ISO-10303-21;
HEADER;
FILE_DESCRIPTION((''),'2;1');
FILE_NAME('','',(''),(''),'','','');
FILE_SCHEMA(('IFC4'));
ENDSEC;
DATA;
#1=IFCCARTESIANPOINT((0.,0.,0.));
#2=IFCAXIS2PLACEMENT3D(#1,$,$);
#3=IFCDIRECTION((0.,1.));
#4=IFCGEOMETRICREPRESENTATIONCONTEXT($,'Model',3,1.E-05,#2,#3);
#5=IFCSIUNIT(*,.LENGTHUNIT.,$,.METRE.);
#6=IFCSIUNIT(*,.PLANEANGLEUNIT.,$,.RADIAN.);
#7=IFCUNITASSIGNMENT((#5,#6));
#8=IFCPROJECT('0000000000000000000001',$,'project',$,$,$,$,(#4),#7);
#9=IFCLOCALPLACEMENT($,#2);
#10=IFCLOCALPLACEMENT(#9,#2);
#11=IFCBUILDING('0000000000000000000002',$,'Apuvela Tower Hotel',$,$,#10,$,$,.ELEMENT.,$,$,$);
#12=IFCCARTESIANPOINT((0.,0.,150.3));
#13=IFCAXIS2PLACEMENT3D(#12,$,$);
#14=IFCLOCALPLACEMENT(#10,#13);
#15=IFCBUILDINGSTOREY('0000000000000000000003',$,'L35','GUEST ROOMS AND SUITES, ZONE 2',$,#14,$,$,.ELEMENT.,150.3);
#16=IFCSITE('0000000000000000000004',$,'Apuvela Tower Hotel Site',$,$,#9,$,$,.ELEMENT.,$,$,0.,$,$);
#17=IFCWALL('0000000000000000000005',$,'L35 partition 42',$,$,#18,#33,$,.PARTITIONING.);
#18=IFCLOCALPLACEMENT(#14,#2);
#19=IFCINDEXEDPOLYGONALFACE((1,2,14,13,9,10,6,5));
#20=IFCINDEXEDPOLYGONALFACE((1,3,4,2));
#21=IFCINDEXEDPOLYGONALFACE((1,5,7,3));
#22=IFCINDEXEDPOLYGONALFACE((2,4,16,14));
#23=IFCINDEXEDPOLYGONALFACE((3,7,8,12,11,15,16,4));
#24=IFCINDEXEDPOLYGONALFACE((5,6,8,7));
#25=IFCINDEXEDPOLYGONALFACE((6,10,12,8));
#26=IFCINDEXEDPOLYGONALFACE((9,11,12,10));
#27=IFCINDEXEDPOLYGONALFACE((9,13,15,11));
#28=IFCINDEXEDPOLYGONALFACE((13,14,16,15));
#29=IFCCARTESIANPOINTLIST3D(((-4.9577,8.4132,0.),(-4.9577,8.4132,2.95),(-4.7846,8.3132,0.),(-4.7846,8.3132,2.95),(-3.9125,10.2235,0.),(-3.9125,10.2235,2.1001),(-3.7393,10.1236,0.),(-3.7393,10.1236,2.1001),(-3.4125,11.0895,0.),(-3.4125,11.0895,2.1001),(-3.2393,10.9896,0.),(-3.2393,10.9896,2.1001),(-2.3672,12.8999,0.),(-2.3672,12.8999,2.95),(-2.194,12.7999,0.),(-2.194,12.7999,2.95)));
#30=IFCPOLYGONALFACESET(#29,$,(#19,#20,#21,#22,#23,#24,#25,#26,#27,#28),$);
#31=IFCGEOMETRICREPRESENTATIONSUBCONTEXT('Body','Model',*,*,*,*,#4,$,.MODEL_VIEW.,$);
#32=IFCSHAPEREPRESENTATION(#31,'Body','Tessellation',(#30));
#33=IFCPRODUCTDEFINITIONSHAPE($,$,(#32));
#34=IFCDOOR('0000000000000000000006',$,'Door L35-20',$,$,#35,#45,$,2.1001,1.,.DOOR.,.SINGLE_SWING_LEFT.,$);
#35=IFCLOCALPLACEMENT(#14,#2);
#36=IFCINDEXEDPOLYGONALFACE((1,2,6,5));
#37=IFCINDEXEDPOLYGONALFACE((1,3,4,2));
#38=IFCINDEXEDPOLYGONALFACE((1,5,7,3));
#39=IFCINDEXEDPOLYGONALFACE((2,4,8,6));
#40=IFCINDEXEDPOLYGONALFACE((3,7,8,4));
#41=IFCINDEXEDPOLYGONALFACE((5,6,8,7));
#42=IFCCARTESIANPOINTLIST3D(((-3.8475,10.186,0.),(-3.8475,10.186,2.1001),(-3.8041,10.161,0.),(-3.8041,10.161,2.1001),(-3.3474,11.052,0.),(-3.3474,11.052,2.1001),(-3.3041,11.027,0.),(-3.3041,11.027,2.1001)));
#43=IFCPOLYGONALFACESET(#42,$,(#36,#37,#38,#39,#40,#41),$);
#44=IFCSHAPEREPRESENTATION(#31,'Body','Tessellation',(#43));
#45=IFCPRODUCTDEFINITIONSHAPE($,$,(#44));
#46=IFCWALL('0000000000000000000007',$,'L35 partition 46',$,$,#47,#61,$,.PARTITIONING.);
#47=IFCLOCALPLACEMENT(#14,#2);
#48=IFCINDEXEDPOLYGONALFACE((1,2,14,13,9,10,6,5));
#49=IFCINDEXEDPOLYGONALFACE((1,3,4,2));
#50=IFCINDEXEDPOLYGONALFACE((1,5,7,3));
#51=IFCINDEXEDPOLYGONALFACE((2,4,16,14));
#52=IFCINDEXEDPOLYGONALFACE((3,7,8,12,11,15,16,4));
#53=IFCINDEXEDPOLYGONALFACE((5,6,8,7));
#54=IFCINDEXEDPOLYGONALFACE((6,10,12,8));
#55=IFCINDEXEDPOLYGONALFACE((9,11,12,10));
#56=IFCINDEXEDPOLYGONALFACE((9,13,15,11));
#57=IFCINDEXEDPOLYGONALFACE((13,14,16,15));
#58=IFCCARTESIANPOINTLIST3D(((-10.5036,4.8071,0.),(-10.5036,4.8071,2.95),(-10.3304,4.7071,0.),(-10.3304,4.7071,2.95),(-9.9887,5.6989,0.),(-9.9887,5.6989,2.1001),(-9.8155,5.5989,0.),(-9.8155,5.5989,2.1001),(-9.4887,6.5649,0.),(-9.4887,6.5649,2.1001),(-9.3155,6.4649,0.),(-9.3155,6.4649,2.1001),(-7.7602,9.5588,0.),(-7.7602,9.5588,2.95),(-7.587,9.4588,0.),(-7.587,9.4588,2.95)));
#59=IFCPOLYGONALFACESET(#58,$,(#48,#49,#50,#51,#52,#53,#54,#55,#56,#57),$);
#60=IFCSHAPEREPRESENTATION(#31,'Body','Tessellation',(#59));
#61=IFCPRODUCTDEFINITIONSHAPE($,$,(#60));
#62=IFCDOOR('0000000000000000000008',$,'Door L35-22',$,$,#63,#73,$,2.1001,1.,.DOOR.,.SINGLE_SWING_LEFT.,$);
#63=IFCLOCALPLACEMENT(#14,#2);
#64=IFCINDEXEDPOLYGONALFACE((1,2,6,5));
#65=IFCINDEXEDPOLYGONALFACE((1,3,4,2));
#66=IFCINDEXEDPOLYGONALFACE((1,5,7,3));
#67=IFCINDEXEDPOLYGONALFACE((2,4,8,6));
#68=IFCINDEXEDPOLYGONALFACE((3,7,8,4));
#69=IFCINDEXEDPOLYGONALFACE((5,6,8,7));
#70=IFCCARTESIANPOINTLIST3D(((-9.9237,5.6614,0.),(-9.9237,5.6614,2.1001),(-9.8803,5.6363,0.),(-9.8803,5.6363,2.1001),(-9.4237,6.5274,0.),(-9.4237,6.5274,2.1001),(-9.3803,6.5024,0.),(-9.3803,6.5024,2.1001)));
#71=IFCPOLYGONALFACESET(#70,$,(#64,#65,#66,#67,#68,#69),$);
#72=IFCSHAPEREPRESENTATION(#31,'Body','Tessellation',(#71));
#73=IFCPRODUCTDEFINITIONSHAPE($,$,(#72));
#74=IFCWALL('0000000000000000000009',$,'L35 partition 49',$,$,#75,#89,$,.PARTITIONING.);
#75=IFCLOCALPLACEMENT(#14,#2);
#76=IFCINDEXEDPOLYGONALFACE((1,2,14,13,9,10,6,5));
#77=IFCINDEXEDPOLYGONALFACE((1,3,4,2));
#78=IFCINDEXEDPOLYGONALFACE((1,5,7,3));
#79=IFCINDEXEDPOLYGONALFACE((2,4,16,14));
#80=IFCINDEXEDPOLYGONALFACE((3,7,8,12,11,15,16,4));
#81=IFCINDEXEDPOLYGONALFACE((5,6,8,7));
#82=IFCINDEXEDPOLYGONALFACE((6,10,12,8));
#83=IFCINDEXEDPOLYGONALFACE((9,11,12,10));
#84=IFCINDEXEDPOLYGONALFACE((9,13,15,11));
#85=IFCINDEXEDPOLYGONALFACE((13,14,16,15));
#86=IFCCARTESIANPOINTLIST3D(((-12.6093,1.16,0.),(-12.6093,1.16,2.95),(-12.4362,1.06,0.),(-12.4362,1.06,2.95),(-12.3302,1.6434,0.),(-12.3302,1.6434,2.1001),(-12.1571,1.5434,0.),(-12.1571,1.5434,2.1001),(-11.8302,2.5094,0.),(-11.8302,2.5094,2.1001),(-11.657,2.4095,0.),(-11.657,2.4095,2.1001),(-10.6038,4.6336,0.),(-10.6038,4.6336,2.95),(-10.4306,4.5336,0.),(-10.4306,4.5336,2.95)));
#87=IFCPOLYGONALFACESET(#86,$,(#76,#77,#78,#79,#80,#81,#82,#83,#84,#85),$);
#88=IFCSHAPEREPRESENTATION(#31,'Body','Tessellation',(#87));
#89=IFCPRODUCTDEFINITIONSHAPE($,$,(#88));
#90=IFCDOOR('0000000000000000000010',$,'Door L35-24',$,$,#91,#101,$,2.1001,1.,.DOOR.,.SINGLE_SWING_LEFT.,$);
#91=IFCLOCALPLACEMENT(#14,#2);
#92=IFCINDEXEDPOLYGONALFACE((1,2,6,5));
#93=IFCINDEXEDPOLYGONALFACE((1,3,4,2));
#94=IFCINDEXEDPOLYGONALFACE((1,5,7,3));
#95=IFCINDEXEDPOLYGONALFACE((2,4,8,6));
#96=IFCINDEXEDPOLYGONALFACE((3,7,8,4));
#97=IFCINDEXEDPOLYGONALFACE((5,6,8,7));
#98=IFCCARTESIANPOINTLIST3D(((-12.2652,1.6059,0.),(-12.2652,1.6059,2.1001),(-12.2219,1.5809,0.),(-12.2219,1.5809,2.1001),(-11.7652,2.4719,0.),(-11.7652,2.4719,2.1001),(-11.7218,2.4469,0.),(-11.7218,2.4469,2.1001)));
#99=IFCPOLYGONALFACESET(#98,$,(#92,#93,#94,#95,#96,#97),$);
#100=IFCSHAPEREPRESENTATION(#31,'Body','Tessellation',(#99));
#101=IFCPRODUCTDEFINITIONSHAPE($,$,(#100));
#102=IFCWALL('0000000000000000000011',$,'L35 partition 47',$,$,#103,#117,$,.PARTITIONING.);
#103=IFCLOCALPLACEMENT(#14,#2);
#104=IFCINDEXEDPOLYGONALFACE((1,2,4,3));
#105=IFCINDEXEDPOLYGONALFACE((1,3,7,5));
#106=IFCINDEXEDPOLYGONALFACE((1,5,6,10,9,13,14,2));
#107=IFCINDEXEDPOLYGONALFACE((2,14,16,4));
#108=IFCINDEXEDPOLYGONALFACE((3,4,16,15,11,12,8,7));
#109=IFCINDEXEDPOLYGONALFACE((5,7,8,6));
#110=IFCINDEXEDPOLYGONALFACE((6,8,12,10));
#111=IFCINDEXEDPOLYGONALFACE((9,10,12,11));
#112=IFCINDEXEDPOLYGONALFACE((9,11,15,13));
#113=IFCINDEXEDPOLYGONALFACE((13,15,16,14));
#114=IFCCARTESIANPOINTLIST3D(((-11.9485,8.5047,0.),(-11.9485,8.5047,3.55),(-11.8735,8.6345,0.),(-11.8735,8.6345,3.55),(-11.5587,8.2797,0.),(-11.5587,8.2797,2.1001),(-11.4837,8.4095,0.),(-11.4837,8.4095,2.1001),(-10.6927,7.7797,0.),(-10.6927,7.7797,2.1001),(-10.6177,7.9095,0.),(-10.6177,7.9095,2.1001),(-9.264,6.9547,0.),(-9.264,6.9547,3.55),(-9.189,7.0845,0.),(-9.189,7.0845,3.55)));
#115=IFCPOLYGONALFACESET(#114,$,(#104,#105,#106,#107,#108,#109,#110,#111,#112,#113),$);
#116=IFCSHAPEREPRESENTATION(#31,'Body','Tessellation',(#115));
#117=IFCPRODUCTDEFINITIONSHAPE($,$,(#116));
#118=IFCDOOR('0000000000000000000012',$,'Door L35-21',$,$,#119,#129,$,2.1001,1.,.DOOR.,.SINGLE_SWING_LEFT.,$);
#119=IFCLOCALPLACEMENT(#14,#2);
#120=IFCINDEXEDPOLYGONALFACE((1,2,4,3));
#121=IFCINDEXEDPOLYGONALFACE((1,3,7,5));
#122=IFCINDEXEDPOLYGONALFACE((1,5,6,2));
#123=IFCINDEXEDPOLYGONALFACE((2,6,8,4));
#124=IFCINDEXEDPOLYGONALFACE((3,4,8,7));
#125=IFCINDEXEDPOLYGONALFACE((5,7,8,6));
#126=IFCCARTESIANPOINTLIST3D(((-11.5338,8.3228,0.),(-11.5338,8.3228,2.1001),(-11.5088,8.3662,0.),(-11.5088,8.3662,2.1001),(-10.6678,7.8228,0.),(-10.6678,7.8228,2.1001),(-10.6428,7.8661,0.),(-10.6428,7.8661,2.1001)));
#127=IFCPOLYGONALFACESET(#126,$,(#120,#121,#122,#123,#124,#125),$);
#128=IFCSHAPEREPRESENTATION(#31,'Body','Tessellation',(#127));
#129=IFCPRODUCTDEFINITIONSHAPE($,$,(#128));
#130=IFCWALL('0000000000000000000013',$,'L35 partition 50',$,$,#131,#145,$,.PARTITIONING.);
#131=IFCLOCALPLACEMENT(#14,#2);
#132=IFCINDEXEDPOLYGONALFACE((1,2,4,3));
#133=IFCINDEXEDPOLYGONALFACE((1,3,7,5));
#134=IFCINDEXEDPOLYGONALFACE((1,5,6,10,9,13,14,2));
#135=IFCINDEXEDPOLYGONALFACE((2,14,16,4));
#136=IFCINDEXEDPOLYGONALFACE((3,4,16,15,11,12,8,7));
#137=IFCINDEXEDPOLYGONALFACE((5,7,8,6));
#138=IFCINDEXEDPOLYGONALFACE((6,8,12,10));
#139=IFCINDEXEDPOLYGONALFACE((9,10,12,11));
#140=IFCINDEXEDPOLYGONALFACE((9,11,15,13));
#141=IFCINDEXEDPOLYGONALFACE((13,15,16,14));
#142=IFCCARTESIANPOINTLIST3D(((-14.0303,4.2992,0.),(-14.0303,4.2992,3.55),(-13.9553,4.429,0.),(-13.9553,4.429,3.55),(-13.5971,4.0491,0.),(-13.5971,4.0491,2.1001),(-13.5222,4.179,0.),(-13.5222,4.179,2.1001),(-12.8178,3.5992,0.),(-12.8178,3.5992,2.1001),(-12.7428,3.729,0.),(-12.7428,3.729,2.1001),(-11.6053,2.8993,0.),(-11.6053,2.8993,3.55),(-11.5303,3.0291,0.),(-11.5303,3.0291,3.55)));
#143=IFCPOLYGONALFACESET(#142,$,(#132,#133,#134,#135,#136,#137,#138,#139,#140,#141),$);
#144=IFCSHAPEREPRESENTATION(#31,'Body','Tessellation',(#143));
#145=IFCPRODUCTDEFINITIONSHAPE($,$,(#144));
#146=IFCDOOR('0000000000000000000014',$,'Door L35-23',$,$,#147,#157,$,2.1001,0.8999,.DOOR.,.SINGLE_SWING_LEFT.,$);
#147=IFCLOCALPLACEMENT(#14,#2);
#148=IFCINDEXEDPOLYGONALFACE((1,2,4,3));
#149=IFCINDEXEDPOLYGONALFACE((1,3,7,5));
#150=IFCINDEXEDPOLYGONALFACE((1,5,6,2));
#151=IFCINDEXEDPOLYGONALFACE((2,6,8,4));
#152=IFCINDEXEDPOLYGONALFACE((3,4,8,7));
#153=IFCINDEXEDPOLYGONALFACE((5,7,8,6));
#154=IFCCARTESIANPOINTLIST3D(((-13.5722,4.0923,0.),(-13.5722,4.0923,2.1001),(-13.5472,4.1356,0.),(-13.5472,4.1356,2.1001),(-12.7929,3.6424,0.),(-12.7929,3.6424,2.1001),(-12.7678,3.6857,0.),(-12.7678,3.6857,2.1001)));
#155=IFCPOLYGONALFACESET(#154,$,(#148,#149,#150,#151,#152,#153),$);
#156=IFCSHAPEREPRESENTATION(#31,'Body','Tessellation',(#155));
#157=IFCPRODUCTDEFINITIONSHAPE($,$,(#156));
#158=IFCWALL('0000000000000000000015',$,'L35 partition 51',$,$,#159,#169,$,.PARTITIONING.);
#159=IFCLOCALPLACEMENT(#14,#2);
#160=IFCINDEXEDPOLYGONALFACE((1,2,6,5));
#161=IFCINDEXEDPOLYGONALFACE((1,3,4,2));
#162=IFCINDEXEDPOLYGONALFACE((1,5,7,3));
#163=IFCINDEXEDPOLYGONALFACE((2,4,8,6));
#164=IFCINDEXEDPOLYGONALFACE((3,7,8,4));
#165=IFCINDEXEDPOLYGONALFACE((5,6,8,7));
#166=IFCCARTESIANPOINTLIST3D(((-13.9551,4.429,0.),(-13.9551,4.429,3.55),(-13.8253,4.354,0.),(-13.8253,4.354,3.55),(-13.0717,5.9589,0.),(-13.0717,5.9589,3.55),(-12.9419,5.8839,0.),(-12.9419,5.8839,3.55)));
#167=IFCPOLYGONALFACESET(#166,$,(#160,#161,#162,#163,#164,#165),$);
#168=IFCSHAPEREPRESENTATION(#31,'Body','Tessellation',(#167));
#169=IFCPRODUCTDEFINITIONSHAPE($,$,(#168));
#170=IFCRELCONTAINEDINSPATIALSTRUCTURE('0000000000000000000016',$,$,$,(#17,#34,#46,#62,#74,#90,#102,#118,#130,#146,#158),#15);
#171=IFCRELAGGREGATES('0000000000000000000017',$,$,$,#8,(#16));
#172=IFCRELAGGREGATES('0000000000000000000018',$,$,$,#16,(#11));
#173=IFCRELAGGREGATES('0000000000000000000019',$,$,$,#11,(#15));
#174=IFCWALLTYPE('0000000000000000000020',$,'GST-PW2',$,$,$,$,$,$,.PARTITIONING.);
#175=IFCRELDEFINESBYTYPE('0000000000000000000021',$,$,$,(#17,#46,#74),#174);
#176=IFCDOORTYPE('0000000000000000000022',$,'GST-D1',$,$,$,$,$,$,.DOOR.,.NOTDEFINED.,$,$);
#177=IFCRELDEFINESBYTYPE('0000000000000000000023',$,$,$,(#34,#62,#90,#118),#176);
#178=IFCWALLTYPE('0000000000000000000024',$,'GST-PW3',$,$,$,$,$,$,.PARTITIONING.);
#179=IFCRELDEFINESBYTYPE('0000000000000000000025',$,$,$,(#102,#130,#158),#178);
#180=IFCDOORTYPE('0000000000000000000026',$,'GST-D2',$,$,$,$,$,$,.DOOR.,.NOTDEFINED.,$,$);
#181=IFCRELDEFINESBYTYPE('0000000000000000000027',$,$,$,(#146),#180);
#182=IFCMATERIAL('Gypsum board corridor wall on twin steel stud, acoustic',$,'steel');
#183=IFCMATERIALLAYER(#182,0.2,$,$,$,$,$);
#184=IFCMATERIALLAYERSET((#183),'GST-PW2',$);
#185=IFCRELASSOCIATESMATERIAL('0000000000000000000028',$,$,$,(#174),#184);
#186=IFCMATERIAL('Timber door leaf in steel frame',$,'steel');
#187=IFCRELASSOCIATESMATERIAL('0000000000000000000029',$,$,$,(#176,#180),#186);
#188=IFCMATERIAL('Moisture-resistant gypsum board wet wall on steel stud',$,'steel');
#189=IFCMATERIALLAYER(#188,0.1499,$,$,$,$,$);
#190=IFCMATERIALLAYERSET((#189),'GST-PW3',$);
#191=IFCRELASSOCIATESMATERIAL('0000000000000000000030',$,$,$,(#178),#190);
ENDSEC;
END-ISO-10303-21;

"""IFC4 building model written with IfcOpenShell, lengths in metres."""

from ifc_helpers import new_model, si_unit, direction, frame, frame_2d, origin, place, context, subcontext, project, spatial, rectangle, extrude, material, layer, layer_set, type_object, element, fill, save


model = new_model("IFC4")

# Units and contexts
model_context = context("Model", 3, precision=1e-05, world=origin(), true_north=direction((0.0, 1.0)))
body_context = subcontext(model_context, "Body", "Model", "MODEL_VIEW")
ifc_project = project(units=[si_unit("LENGTHUNIT", "METRE"), si_unit("PLANEANGLEUNIT", "RADIAN")], contexts=[model_context])

# Site, building, storey
site_placement = place(None, origin())
site = spatial("IfcSite", under=ifc_project, at=site_placement, Name="Apuvela Tower Hotel Site", CompositionType="ELEMENT", RefElevation=0.0)
building_placement = place(site_placement, origin())
building = spatial("IfcBuilding", under=site, at=building_placement, Name="Apuvela Tower Hotel", CompositionType="ELEMENT")
storey_placement = place(building_placement, frame((0.0, 0.0, 150.3)))
storey = spatial("IfcBuildingStorey", under=building, at=storey_placement, Name="L35", Description="GUEST ROOMS AND SUITES, ZONE 2", CompositionType="ELEMENT", Elevation=150.3)

# Walls, openings, doors
ifc_material_1 = material(Name="Gypsum board corridor wall on twin steel stud, acoustic", Category="steel")
ifc_layer_1 = layer(ifc_material_1, 0.2)
ifc_layer_set_1 = layer_set([ifc_layer_1], Name="GST-PW2")
wall_type_1 = type_object("IfcWallType", Name="GST-PW2", PredefinedType="PARTITIONING", material=ifc_layer_set_1)
wall_1_placement = place(storey_placement, frame((-4.8711, 8.3633, 0.0), z_axis=(0.0, 0.0, 1.0), x_axis=(0.500016, 0.866016, 0.0)))
wall_1 = element("IfcWall", 1, at=wall_1_placement, inside=storey, type_object=wall_type_1, Name="L35 partition 42", PredefinedType="PARTITIONING", context=body_context, shape_type="SweptSolid", body=[
    extrude(rectangle(XDim=5.1809, YDim=0.2, at=frame_2d((2.5903, 0.0))), origin(), (0.0, 0.0, 1.0), 2.95),
])
opening_1_placement = place(wall_1_placement, frame((2.0903, 0.0, 0.0)))
opening_1 = element("IfcOpeningElement", 2, at=opening_1_placement, cuts=wall_1, PredefinedType="OPENING", context=body_context, shape_type="SweptSolid", body=[
    extrude(rectangle(XDim=1.0, YDim=2.1001, at=frame_2d((0.5, 1.05))), frame((0.0, 0.1099, 0.0), z_axis=(0.0, -1.0, 0.0), x_axis=(1.0, 0.0, 0.0)), (0.0, 0.0, 1.0), 0.22),
])
ifc_material_2 = material(Name="Timber door leaf in steel frame", Category="steel")
door_type_1 = type_object("IfcDoorType", Name="GST-D1", OperationType="NOTDEFINED", PredefinedType="DOOR", material=ifc_material_2)
door_1_placement = place(opening_1_placement, origin())
door_1 = element("IfcDoor", 3, at=door_1_placement, inside=storey, type_object=door_type_1, Name="Door L35-20", OperationType="SINGLE_SWING_LEFT", OverallHeight=2.1001, OverallWidth=1.0, PredefinedType="DOOR", context=body_context, shape_type="SweptSolid", body=[
    extrude(rectangle(XDim=1.0, YDim=2.1001, at=frame_2d((0.5, 1.05))), frame((0.0, 0.0249, 0.0), z_axis=(0.0, -1.0, 0.0), x_axis=(1.0, 0.0, 0.0)), (0.0, 0.0, 1.0), 0.05),
])
fill(opening_1, door_1)
wall_2_placement = place(storey_placement, frame((-10.417, 4.7571, 0.0), z_axis=(0.0, 0.0, 1.0), x_axis=(0.500001, 0.866025, 0.0)))
wall_2 = element("IfcWall", 4, at=wall_2_placement, inside=storey, type_object=wall_type_1, Name="L35 partition 46", PredefinedType="PARTITIONING", context=body_context, shape_type="SweptSolid", body=[
    extrude(rectangle(XDim=5.4868, YDim=0.2, at=frame_2d((2.7434, 0.0))), origin(), (0.0, 0.0, 1.0), 2.95),
])
opening_2_placement = place(wall_2_placement, frame((1.0298, 0.0, 0.0)))
opening_2 = element("IfcOpeningElement", 5, at=opening_2_placement, cuts=wall_2, PredefinedType="OPENING", context=body_context, shape_type="SweptSolid", body=[
    extrude(rectangle(XDim=1.0, YDim=2.1001, at=frame_2d((0.5, 1.05))), frame((0.0, 0.1099, 0.0), z_axis=(0.0, -1.0, 0.0), x_axis=(1.0, 0.0, 0.0)), (0.0, 0.0, 1.0), 0.22),
])
door_2_placement = place(opening_2_placement, origin())
door_2 = element("IfcDoor", 6, at=door_2_placement, inside=storey, type_object=door_type_1, Name="Door L35-22", OperationType="SINGLE_SWING_LEFT", OverallHeight=2.1001, OverallWidth=1.0, PredefinedType="DOOR", context=body_context, shape_type="SweptSolid", body=[
    extrude(rectangle(XDim=1.0, YDim=2.1001, at=frame_2d((0.5, 1.05))), frame((0.0, 0.0249, 0.0), z_axis=(0.0, -1.0, 0.0), x_axis=(1.0, 0.0, 0.0)), (0.0, 0.0, 1.0), 0.05),
])
fill(opening_2, door_2)
wall_3_placement = place(storey_placement, frame((-12.5227, 1.1101, 0.0), z_axis=(0.0, 0.0, 1.0), x_axis=(0.500021, 0.866013, 0.0)))
wall_3 = element("IfcWall", 7, at=wall_3_placement, inside=storey, type_object=wall_type_1, Name="L35 partition 49", PredefinedType="PARTITIONING", context=body_context, shape_type="SweptSolid", body=[
    extrude(rectangle(XDim=4.011, YDim=0.2, at=frame_2d((2.0054, 0.0))), origin(), (0.0, 0.0, 1.0), 2.95),
])
opening_3_placement = place(wall_3_placement, frame((0.5581, 0.0, 0.0)))
opening_3 = element("IfcOpeningElement", 8, at=opening_3_placement, cuts=wall_3, PredefinedType="OPENING", context=body_context, shape_type="SweptSolid", body=[
    extrude(rectangle(XDim=1.0, YDim=2.1001, at=frame_2d((0.5, 1.05))), frame((0.0, 0.1099, 0.0), z_axis=(0.0, -1.0, 0.0), x_axis=(1.0, 0.0, 0.0)), (0.0, 0.0, 1.0), 0.22),
])
door_3_placement = place(opening_3_placement, origin())
door_3 = element("IfcDoor", 9, at=door_3_placement, inside=storey, type_object=door_type_1, Name="Door L35-24", OperationType="SINGLE_SWING_LEFT", OverallHeight=2.1001, OverallWidth=1.0, PredefinedType="DOOR", context=body_context, shape_type="SweptSolid", body=[
    extrude(rectangle(XDim=1.0, YDim=2.1001, at=frame_2d((0.5, 1.05))), frame((0.0, 0.0249, 0.0), z_axis=(0.0, -1.0, 0.0), x_axis=(1.0, 0.0, 0.0)), (0.0, 0.0, 1.0), 0.05),
])
fill(opening_3, door_3)
ifc_material_3 = material(Name="Moisture-resistant gypsum board wet wall on steel stud", Category="steel")
ifc_layer_2 = layer(ifc_material_3, 0.1499)
ifc_layer_set_2 = layer_set([ifc_layer_2], Name="GST-PW3")
wall_type_2 = type_object("IfcWallType", Name="GST-PW3", PredefinedType="PARTITIONING", material=ifc_layer_set_2)
wall_4_placement = place(storey_placement, frame((-11.9109, 8.5696, 0.0), z_axis=(0.0, 0.0, 1.0), x_axis=(0.86601, -0.500027, 0.0)))
wall_4 = element("IfcWall", 10, at=wall_4_placement, inside=storey, type_object=wall_type_2, Name="L35 partition 47", PredefinedType="PARTITIONING", context=body_context, shape_type="SweptSolid", body=[
    extrude(rectangle(XDim=3.0999, YDim=0.1499, at=frame_2d((1.5498, 0.0))), origin(), (0.0, 0.0, 1.0), 3.55),
])
opening_4_placement = place(wall_4_placement, frame((0.45, 0.0, 0.0)))
opening_4 = element("IfcOpeningElement", 11, at=opening_4_placement, cuts=wall_4, PredefinedType="OPENING", context=body_context, shape_type="SweptSolid", body=[
    extrude(rectangle(XDim=1.0, YDim=2.1001, at=frame_2d((0.5, 1.05))), frame((0.0, 0.085, 0.0), z_axis=(0.0, -1.0, 0.0), x_axis=(1.0, 0.0, 0.0)), (0.0, 0.0, 1.0), 0.1699),
])
door_4_placement = place(opening_4_placement, origin())
door_4 = element("IfcDoor", 12, at=door_4_placement, inside=storey, type_object=door_type_1, Name="Door L35-21", OperationType="SINGLE_SWING_LEFT", OverallHeight=2.1001, OverallWidth=1.0, PredefinedType="DOOR", context=body_context, shape_type="SweptSolid", body=[
    extrude(rectangle(XDim=1.0, YDim=2.1001, at=frame_2d((0.5, 1.05))), frame((0.0, 0.0249, 0.0), z_axis=(0.0, -1.0, 0.0), x_axis=(1.0, 0.0, 0.0)), (0.0, 0.0, 1.0), 0.05),
])
fill(opening_4, door_4)
wall_5_placement = place(storey_placement, frame((-13.9927, 4.364, 0.0), z_axis=(0.0, 0.0, 1.0), x_axis=(0.866056, -0.499946, 0.0)))
wall_5 = element("IfcWall", 13, at=wall_5_placement, inside=storey, type_object=wall_type_2, Name="L35 partition 50", PredefinedType="PARTITIONING", context=body_context, shape_type="SweptSolid", body=[
    extrude(rectangle(XDim=2.8, YDim=0.1499, at=frame_2d((1.3999, 0.0))), origin(), (0.0, 0.0, 1.0), 3.55),
])
opening_5_placement = place(wall_5_placement, frame((0.5, 0.0, 0.0)))
opening_5 = element("IfcOpeningElement", 14, at=opening_5_placement, cuts=wall_5, PredefinedType="OPENING", context=body_context, shape_type="SweptSolid", body=[
    extrude(rectangle(XDim=0.8999, YDim=2.1001, at=frame_2d((0.45, 1.05))), frame((0.0, 0.085, 0.0), z_axis=(0.0, -1.0, 0.0), x_axis=(1.0, 0.0, 0.0)), (0.0, 0.0, 1.0), 0.1699),
])
door_type_2 = type_object("IfcDoorType", Name="GST-D2", OperationType="NOTDEFINED", PredefinedType="DOOR", material=ifc_material_2)
door_5_placement = place(opening_5_placement, origin())
door_5 = element("IfcDoor", 15, at=door_5_placement, inside=storey, type_object=door_type_2, Name="Door L35-23", OperationType="SINGLE_SWING_LEFT", OverallHeight=2.1001, OverallWidth=0.8999, PredefinedType="DOOR", context=body_context, shape_type="SweptSolid", body=[
    extrude(rectangle(XDim=0.8999, YDim=2.1001, at=frame_2d((0.45, 1.05))), frame((0.0, 0.0249, 0.0), z_axis=(0.0, -1.0, 0.0), x_axis=(1.0, 0.0, 0.0)), (0.0, 0.0, 1.0), 0.05),
])
fill(opening_5, door_5)

# Wall
wall_6_placement = place(storey_placement, frame((-13.0068, 5.9214, 0.0), z_axis=(0.0, 0.0, 1.0), x_axis=(-0.500034, -0.866006, 0.0)))
element("IfcWall", 16, at=wall_6_placement, inside=storey, type_object=wall_type_2, Name="L35 partition 51", PredefinedType="PARTITIONING", context=body_context, shape_type="SweptSolid", body=[
    extrude(rectangle(XDim=1.7666, YDim=0.1499, at=frame_2d((0.8833, 0.0))), origin(), (0.0, 0.0, 1.0), 3.55),
])

save(model, "model.ifc")
